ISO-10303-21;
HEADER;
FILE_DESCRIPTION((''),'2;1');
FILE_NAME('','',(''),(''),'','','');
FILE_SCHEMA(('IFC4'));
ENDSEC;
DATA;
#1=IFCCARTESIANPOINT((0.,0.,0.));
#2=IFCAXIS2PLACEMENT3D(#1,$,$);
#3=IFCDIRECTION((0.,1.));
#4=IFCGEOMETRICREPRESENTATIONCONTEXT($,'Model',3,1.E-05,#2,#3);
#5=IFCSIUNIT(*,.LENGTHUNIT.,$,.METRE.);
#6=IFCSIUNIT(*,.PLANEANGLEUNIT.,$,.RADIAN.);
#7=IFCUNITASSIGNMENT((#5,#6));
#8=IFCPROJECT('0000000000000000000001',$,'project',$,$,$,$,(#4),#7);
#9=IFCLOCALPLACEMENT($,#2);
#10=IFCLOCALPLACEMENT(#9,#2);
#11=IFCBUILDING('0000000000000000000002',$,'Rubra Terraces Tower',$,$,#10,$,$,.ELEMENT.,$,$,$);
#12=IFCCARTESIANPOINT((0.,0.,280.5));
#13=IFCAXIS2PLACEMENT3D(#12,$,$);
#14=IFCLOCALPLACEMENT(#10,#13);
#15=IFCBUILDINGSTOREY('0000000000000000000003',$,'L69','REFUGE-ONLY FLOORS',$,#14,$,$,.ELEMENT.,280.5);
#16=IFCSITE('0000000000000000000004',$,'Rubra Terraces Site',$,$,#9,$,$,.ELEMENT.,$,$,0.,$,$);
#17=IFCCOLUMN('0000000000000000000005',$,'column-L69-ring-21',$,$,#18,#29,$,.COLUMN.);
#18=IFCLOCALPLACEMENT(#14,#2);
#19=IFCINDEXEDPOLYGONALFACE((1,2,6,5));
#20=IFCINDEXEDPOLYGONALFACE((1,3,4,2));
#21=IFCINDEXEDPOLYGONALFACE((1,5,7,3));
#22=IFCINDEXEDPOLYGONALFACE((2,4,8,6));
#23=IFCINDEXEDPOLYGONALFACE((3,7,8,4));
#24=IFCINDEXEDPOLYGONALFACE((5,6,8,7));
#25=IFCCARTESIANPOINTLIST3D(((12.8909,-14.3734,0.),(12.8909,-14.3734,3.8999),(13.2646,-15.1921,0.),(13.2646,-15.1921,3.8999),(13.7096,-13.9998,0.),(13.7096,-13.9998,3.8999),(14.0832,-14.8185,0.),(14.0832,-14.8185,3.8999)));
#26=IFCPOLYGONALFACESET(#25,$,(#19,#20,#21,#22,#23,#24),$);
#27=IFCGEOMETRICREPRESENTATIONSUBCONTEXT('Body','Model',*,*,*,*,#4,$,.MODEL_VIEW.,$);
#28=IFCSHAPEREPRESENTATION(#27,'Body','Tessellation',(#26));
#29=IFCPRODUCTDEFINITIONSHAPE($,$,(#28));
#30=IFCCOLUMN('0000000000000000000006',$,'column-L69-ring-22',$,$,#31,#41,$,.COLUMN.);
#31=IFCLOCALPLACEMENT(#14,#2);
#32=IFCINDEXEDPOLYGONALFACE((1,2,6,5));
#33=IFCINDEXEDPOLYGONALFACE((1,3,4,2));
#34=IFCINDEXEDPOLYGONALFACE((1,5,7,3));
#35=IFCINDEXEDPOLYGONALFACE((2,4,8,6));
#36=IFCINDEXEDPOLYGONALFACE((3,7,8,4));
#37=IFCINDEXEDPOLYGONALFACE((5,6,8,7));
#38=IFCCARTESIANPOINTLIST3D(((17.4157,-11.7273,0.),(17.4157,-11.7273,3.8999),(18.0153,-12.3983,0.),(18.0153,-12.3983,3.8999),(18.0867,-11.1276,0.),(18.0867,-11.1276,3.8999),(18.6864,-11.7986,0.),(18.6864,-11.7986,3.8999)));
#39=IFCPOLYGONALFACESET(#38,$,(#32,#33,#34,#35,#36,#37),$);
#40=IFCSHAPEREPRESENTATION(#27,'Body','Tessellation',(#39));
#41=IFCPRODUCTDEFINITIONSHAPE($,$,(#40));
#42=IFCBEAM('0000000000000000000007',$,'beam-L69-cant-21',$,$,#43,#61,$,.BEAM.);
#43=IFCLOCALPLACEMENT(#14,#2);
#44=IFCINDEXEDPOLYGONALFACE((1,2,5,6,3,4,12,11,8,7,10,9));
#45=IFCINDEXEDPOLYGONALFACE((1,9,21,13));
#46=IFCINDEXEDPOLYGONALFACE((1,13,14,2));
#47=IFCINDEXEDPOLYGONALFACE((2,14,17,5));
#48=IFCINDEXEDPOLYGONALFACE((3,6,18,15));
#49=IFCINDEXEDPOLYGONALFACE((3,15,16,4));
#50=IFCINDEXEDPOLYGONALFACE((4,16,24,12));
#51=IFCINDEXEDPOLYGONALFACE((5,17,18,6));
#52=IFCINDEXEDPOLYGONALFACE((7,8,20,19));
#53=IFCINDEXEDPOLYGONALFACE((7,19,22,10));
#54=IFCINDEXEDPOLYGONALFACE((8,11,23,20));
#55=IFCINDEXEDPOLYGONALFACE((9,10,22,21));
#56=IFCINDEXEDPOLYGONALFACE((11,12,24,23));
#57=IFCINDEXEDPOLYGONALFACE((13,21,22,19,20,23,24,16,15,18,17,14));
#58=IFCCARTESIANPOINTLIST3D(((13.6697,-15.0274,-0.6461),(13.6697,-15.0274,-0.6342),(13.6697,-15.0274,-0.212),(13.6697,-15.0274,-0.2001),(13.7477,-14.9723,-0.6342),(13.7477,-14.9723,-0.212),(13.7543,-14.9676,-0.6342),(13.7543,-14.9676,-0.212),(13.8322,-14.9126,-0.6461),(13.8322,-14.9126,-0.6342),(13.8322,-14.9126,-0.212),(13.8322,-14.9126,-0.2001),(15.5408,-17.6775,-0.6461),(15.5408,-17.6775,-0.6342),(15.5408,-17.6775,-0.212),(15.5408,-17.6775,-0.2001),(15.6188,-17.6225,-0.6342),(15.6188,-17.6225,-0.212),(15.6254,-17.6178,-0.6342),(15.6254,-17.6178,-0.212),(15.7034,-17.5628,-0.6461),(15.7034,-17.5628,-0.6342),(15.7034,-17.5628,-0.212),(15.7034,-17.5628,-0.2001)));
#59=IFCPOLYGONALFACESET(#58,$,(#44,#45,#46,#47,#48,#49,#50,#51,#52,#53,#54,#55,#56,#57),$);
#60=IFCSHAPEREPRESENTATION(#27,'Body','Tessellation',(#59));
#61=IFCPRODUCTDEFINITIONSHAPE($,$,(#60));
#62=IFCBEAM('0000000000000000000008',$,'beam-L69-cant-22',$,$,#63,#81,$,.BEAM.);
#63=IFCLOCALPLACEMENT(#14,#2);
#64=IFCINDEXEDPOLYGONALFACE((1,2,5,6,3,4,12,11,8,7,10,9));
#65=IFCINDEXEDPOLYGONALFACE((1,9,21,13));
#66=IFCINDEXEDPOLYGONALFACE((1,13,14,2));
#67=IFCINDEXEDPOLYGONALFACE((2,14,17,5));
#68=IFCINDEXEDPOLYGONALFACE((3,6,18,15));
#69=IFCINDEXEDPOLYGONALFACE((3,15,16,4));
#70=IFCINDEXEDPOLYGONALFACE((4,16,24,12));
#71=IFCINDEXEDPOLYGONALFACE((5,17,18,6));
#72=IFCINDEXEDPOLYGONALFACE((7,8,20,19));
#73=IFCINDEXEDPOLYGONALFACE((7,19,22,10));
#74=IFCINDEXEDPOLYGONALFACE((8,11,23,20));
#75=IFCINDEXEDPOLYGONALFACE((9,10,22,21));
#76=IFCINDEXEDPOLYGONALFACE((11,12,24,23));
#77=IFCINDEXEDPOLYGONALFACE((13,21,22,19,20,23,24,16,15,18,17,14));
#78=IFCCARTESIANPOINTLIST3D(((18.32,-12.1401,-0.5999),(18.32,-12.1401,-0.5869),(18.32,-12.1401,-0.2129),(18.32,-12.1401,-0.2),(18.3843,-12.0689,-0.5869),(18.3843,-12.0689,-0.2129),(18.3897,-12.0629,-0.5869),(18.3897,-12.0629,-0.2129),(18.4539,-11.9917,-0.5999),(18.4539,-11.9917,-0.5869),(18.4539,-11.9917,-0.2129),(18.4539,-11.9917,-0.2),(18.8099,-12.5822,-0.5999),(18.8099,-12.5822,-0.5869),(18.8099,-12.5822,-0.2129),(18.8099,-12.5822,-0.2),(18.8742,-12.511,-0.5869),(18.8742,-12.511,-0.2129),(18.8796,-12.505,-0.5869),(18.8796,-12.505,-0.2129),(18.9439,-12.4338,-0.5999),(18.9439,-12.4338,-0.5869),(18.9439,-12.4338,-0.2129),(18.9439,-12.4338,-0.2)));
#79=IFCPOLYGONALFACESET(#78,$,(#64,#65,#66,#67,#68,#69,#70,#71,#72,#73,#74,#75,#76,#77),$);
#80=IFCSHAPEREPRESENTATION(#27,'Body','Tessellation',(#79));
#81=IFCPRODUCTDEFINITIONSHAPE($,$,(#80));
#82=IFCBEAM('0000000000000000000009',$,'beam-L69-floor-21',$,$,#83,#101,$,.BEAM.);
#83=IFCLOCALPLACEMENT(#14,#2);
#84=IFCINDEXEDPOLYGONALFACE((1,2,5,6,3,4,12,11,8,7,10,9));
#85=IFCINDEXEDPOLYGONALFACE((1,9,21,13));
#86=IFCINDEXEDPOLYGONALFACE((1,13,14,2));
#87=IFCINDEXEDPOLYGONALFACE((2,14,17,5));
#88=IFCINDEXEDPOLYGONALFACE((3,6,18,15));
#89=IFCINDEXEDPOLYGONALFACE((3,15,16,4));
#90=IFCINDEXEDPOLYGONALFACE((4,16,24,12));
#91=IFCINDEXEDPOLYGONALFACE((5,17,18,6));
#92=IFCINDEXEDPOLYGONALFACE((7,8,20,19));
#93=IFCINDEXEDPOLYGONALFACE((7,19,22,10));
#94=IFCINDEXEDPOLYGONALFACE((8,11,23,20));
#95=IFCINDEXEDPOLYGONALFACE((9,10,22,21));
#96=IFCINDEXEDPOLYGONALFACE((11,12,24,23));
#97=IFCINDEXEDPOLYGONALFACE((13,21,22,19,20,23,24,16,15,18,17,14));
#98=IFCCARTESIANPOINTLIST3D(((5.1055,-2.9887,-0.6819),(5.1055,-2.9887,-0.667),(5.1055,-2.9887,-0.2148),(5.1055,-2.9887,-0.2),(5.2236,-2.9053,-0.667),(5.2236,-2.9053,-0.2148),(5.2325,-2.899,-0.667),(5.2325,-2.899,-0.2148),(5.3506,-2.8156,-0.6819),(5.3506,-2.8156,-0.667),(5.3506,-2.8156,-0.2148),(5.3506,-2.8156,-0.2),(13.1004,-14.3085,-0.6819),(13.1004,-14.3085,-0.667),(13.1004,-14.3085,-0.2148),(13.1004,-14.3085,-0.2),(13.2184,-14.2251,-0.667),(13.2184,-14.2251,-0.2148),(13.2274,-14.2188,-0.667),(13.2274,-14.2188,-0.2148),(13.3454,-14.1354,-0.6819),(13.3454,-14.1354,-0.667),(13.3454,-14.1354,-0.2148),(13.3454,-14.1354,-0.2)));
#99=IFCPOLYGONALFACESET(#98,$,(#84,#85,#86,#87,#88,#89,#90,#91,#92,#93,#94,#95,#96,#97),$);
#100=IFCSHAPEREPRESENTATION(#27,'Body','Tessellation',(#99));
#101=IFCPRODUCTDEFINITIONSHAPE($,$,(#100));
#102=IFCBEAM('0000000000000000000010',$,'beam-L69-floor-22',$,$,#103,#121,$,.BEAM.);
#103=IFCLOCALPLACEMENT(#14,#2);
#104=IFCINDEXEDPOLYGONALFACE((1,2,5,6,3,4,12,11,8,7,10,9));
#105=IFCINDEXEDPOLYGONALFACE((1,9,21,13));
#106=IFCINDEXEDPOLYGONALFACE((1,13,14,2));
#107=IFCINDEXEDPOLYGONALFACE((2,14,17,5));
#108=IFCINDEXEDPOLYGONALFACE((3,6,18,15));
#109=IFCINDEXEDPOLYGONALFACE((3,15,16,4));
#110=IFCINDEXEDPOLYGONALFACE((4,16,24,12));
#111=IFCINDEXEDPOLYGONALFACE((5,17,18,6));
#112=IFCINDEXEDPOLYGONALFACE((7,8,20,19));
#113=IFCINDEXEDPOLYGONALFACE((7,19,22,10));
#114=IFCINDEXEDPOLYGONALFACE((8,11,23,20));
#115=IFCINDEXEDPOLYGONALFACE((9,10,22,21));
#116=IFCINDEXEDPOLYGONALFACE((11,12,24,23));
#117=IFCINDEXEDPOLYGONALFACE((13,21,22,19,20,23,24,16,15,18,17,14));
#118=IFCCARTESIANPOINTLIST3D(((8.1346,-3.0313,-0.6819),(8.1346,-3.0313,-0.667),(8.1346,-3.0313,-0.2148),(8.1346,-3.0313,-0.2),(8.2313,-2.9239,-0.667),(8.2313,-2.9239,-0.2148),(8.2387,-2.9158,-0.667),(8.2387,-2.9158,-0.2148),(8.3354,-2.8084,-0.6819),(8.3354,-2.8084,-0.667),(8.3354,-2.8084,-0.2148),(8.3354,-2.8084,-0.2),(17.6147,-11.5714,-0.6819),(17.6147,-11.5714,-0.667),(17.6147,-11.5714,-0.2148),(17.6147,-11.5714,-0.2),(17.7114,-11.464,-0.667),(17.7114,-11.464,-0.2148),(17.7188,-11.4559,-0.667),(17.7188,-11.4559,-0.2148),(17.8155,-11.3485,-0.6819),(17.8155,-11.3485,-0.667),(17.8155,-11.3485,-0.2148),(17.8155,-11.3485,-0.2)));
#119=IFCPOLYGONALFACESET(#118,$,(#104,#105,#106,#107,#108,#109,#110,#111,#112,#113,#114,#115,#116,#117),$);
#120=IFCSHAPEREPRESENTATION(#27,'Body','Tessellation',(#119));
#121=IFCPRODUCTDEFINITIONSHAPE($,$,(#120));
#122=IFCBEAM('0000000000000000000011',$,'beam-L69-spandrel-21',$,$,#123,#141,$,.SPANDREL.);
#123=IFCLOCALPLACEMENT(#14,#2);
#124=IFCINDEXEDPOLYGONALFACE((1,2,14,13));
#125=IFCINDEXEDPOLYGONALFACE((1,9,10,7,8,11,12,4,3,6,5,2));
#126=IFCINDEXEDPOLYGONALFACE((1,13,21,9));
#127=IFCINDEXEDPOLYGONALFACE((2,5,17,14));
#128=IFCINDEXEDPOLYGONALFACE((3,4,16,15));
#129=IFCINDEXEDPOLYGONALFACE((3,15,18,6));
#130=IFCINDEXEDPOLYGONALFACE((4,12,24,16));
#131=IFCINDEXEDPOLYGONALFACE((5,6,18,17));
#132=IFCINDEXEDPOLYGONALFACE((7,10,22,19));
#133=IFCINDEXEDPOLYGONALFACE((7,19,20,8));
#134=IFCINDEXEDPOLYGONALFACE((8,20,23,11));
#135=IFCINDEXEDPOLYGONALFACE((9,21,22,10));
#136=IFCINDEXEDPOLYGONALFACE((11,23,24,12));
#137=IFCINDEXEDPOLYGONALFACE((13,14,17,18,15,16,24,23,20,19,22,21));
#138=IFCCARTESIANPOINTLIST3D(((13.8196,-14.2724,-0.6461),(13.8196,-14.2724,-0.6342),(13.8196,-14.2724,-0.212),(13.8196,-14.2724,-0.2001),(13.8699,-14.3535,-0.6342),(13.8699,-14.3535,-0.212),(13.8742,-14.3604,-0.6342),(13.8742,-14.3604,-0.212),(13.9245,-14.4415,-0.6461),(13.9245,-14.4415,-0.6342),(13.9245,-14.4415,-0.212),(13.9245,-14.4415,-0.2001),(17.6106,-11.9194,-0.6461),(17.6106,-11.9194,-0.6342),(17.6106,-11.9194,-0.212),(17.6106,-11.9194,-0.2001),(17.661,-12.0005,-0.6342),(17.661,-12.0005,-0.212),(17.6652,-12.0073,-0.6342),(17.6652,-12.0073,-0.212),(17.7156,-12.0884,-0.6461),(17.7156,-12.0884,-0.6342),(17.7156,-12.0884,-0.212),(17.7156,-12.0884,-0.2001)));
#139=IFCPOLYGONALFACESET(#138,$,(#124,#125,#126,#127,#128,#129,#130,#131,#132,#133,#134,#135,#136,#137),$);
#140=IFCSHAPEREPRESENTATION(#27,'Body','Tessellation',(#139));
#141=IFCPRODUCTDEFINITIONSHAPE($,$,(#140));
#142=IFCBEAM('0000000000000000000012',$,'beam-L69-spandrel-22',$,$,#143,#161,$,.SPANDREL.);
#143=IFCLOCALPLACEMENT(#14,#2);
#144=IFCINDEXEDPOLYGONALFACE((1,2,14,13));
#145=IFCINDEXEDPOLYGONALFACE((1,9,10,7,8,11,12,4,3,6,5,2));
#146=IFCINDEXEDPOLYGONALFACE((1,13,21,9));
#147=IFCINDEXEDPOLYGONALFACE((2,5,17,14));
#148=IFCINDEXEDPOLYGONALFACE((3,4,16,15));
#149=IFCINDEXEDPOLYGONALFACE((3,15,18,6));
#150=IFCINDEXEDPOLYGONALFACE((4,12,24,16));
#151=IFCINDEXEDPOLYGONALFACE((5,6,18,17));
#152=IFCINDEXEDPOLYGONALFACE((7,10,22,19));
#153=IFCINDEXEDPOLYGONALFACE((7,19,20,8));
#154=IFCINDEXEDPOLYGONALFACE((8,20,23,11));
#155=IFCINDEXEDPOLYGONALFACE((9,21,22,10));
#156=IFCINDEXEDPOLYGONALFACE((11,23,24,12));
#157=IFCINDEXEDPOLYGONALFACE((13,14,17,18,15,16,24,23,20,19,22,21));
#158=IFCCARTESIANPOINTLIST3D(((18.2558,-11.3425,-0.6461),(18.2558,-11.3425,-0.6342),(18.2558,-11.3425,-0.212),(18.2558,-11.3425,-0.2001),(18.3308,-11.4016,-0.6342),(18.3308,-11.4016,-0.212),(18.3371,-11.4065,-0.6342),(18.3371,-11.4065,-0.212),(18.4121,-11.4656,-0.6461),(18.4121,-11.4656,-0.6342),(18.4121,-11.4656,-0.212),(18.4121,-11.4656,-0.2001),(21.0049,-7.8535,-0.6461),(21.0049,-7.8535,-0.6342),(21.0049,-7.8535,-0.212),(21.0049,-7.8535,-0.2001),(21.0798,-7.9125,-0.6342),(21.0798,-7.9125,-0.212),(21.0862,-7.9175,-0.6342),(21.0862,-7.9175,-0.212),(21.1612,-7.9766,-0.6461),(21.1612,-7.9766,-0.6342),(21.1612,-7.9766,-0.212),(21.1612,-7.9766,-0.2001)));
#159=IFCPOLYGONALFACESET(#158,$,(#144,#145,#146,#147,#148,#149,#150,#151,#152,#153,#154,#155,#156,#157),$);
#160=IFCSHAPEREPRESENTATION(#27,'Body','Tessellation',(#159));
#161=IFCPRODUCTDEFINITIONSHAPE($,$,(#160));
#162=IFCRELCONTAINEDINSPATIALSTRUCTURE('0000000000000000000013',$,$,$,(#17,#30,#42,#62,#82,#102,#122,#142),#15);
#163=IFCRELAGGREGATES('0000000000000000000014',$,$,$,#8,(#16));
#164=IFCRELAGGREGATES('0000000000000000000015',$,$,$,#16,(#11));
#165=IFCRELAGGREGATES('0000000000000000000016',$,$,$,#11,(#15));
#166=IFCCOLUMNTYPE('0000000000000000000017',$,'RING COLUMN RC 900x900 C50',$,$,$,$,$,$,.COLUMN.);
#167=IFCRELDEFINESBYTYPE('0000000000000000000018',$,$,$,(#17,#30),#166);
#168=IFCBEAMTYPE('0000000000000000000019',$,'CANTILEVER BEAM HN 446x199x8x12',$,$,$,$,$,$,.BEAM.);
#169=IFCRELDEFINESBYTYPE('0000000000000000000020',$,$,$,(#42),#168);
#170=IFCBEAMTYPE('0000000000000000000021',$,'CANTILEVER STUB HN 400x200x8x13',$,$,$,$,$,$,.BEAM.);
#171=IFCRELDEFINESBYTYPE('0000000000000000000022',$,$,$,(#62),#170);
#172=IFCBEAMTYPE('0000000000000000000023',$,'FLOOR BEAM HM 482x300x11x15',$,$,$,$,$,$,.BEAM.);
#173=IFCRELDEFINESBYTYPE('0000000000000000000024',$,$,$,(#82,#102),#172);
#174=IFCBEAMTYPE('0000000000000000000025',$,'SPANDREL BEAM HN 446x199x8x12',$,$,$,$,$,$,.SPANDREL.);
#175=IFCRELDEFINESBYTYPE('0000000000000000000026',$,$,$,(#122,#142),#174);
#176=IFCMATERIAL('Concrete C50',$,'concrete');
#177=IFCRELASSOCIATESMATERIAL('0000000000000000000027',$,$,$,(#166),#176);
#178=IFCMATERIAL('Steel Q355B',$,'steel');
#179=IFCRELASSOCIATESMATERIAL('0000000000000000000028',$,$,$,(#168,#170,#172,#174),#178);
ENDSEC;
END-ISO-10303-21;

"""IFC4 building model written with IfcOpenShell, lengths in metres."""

from ifc_helpers import new_model, si_unit, direction, frame, origin, origin_2d, place, context, subcontext, project, spatial, rectangle, i_section, extrude, material, material_profile, profile_set, type_object, element, save


model = new_model("IFC4")

# Units and contexts
model_context = context("Model", 3, precision=1e-05, world=origin(), true_north=direction((0.0, 1.0)))
body_context = subcontext(model_context, "Body", "Model", "MODEL_VIEW")
ifc_project = project(units=[si_unit("LENGTHUNIT", "METRE"), si_unit("PLANEANGLEUNIT", "RADIAN")], contexts=[model_context])

# Site, building, storey
site_placement = place(None, origin())
site = spatial("IfcSite", under=ifc_project, at=site_placement, Name="Rubra Terraces Site", CompositionType="ELEMENT", RefElevation=0.0)
building_placement = place(site_placement, origin())
building = spatial("IfcBuilding", under=site, at=building_placement, Name="Rubra Terraces Tower", CompositionType="ELEMENT")
storey_placement = place(building_placement, frame((0.0, 0.0, 280.5)))
storey = spatial("IfcBuildingStorey", under=building, at=storey_placement, Name="L69", Description="REFUGE-ONLY FLOORS", CompositionType="ELEMENT", Elevation=280.5)

# Columns
ifc_material_1 = material(Name="Concrete C50", Category="concrete")
ifc_material_profile_1 = material_profile(ifc_material_1, rectangle(XDim=0.8999, YDim=0.8999, at=origin_2d()), Name="RC 900x900")
ifc_profile_set_1 = profile_set([ifc_material_profile_1], Name="Concrete C50")
column_type = type_object("IfcColumnType", Name="RING COLUMN RC 900x900 C50", PredefinedType="COLUMN", material=ifc_profile_set_1)
for number, where, z_axis, x_axis, name in (
    (1, (13.4871, -14.5959, 0.0), (0.0, 0.0, 1.0), (0.909726, 0.415208, 0.0), "column-L69-ring-21"),
    (2, (18.051, -11.7629, 0.0), (0.0, 0.0, 1.0), (0.745642, 0.666347, 0.0), "column-L69-ring-22"),
):
    element("IfcColumn", number, at=place(storey_placement, frame(where, z_axis=z_axis, x_axis=x_axis)), inside=storey, type_object=column_type, Name=name, PredefinedType="COLUMN", context=body_context, shape_type="SweptSolid", body=[
        extrude(rectangle(XDim=0.8999, YDim=0.8999, at=origin_2d()), origin(), (0.0, 0.0, 1.0), 3.8999),
    ])

# Beams
ifc_material_2 = material(Name="Steel Q355B", Category="steel")
ifc_material_profile_2 = material_profile(ifc_material_2, i_section(OverallWidth=0.199, OverallDepth=0.446, WebThickness=0.0081, FlangeThickness=0.012, at=origin_2d()), Name="HN 446x199x8x12")
ifc_profile_set_2 = profile_set([ifc_material_profile_2], Name="Steel Q355B")
beam_type_1 = type_object("IfcBeamType", Name="CANTILEVER BEAM HN 446x199x8x12", PredefinedType="BEAM", material=ifc_profile_set_2)
beam_1_placement = place(storey_placement, frame((13.751, -14.97, -0.4231), z_axis=(0.576766, -0.816909, 0.0), x_axis=(0.816909, 0.576766, 0.0)))
element("IfcBeam", 3, at=beam_1_placement, inside=storey, type_object=beam_type_1, Name="beam-L69-cant-21", PredefinedType="BEAM", context=body_context, shape_type="SweptSolid", body=[
    extrude(i_section(OverallWidth=0.199, OverallDepth=0.446, WebThickness=0.0081, FlangeThickness=0.012, at=origin_2d()), origin(), (0.0, 0.0, 1.0), 3.2441),
])
ifc_material_profile_3 = material_profile(ifc_material_2, i_section(OverallWidth=0.2, OverallDepth=0.3999, WebThickness=0.0081, FlangeThickness=0.0129, at=origin_2d()), Name="HN 400x200x8x13")
ifc_profile_set_3 = profile_set([ifc_material_profile_3], Name="Steel Q355B")
beam_type_2 = type_object("IfcBeamType", Name="CANTILEVER STUB HN 400x200x8x13", PredefinedType="BEAM", material=ifc_profile_set_3)
beam_2_placement = place(storey_placement, frame((18.387, -12.0659, -0.3999), z_axis=(0.742429, -0.669925, 0.0), x_axis=(0.669925, 0.742429, 0.0)))
element("IfcBeam", 4, at=beam_2_placement, inside=storey, type_object=beam_type_2, Name="beam-L69-cant-22", PredefinedType="BEAM", context=body_context, shape_type="SweptSolid", body=[
    extrude(i_section(OverallWidth=0.2, OverallDepth=0.3999, WebThickness=0.0081, FlangeThickness=0.0129, at=origin_2d()), origin(), (0.0, 0.0, 1.0), 0.6599),
])
ifc_material_profile_4 = material_profile(ifc_material_2, i_section(OverallWidth=0.3, OverallDepth=0.4819, WebThickness=0.011, FlangeThickness=0.0149, at=origin_2d()), Name="HM 482x300x11x15")
ifc_profile_set_4 = profile_set([ifc_material_profile_4], Name="Steel Q355B")
beam_type_3 = type_object("IfcBeamType", Name="FLOOR BEAM HM 482x300x11x15", PredefinedType="BEAM", material=ifc_profile_set_4)
beam_3_placement = place(storey_placement, frame((13.2229, -14.2219, -0.4409), z_axis=(-0.576896, 0.816818, 0.0), x_axis=(-0.816818, -0.576896, 0.0)))
element("IfcBeam", 5, at=beam_3_placement, inside=storey, type_object=beam_type_3, Name="beam-L69-floor-21", PredefinedType="BEAM", context=body_context, shape_type="SweptSolid", body=[
    extrude(i_section(OverallWidth=0.3, OverallDepth=0.4819, WebThickness=0.011, FlangeThickness=0.0149, at=origin_2d()), origin(), (0.0, 0.0, 1.0), 13.8584),
])
beam_4_placement = place(storey_placement, frame((17.7151, -11.46, -0.4409), z_axis=(-0.74298, 0.669314, 0.0), x_axis=(-0.669314, -0.74298, 0.0)))
element("IfcBeam", 6, at=beam_4_placement, inside=storey, type_object=beam_type_3, Name="beam-L69-floor-22", PredefinedType="BEAM", context=body_context, shape_type="SweptSolid", body=[
    extrude(i_section(OverallWidth=0.3, OverallDepth=0.4819, WebThickness=0.011, FlangeThickness=0.0149, at=origin_2d()), origin(), (0.0, 0.0, 1.0), 12.7595),
])
ifc_material_profile_5 = material_profile(ifc_material_2, i_section(OverallWidth=0.199, OverallDepth=0.446, WebThickness=0.0081, FlangeThickness=0.012, at=origin_2d()), Name="HN 446x199x8x12")
ifc_profile_set_5 = profile_set([ifc_material_profile_5], Name="Steel Q355B")
beam_type_4 = type_object("IfcBeamType", Name="SPANDREL BEAM HN 446x199x8x12", PredefinedType="SPANDREL", material=ifc_profile_set_5)
beam_5_placement = place(storey_placement, frame((13.8721, -14.3569, -0.4231), z_axis=(0.849642, 0.52736, 0.0), x_axis=(-0.52736, 0.849642, 0.0)))
element("IfcBeam", 7, at=beam_5_placement, inside=storey, type_object=beam_type_4, Name="beam-L69-spandrel-21", PredefinedType="SPANDREL", context=body_context, shape_type="SweptSolid", body=[
    extrude(i_section(OverallWidth=0.199, OverallDepth=0.446, WebThickness=0.0081, FlangeThickness=0.012, at=origin_2d()), origin(), (0.0, 0.0, 1.0), 4.4619),
])
beam_6_placement = place(storey_placement, frame((18.334, -11.4041, -0.4231), z_axis=(0.618887, 0.78548, 0.0), x_axis=(-0.78548, 0.618887, 0.0)))
element("IfcBeam", 8, at=beam_6_placement, inside=storey, type_object=beam_type_4, Name="beam-L69-spandrel-22", PredefinedType="SPANDREL", context=body_context, shape_type="SweptSolid", body=[
    extrude(i_section(OverallWidth=0.199, OverallDepth=0.446, WebThickness=0.0081, FlangeThickness=0.012, at=origin_2d()), origin(), (0.0, 0.0, 1.0), 4.4419),
])

save(model, "model.ifc")
